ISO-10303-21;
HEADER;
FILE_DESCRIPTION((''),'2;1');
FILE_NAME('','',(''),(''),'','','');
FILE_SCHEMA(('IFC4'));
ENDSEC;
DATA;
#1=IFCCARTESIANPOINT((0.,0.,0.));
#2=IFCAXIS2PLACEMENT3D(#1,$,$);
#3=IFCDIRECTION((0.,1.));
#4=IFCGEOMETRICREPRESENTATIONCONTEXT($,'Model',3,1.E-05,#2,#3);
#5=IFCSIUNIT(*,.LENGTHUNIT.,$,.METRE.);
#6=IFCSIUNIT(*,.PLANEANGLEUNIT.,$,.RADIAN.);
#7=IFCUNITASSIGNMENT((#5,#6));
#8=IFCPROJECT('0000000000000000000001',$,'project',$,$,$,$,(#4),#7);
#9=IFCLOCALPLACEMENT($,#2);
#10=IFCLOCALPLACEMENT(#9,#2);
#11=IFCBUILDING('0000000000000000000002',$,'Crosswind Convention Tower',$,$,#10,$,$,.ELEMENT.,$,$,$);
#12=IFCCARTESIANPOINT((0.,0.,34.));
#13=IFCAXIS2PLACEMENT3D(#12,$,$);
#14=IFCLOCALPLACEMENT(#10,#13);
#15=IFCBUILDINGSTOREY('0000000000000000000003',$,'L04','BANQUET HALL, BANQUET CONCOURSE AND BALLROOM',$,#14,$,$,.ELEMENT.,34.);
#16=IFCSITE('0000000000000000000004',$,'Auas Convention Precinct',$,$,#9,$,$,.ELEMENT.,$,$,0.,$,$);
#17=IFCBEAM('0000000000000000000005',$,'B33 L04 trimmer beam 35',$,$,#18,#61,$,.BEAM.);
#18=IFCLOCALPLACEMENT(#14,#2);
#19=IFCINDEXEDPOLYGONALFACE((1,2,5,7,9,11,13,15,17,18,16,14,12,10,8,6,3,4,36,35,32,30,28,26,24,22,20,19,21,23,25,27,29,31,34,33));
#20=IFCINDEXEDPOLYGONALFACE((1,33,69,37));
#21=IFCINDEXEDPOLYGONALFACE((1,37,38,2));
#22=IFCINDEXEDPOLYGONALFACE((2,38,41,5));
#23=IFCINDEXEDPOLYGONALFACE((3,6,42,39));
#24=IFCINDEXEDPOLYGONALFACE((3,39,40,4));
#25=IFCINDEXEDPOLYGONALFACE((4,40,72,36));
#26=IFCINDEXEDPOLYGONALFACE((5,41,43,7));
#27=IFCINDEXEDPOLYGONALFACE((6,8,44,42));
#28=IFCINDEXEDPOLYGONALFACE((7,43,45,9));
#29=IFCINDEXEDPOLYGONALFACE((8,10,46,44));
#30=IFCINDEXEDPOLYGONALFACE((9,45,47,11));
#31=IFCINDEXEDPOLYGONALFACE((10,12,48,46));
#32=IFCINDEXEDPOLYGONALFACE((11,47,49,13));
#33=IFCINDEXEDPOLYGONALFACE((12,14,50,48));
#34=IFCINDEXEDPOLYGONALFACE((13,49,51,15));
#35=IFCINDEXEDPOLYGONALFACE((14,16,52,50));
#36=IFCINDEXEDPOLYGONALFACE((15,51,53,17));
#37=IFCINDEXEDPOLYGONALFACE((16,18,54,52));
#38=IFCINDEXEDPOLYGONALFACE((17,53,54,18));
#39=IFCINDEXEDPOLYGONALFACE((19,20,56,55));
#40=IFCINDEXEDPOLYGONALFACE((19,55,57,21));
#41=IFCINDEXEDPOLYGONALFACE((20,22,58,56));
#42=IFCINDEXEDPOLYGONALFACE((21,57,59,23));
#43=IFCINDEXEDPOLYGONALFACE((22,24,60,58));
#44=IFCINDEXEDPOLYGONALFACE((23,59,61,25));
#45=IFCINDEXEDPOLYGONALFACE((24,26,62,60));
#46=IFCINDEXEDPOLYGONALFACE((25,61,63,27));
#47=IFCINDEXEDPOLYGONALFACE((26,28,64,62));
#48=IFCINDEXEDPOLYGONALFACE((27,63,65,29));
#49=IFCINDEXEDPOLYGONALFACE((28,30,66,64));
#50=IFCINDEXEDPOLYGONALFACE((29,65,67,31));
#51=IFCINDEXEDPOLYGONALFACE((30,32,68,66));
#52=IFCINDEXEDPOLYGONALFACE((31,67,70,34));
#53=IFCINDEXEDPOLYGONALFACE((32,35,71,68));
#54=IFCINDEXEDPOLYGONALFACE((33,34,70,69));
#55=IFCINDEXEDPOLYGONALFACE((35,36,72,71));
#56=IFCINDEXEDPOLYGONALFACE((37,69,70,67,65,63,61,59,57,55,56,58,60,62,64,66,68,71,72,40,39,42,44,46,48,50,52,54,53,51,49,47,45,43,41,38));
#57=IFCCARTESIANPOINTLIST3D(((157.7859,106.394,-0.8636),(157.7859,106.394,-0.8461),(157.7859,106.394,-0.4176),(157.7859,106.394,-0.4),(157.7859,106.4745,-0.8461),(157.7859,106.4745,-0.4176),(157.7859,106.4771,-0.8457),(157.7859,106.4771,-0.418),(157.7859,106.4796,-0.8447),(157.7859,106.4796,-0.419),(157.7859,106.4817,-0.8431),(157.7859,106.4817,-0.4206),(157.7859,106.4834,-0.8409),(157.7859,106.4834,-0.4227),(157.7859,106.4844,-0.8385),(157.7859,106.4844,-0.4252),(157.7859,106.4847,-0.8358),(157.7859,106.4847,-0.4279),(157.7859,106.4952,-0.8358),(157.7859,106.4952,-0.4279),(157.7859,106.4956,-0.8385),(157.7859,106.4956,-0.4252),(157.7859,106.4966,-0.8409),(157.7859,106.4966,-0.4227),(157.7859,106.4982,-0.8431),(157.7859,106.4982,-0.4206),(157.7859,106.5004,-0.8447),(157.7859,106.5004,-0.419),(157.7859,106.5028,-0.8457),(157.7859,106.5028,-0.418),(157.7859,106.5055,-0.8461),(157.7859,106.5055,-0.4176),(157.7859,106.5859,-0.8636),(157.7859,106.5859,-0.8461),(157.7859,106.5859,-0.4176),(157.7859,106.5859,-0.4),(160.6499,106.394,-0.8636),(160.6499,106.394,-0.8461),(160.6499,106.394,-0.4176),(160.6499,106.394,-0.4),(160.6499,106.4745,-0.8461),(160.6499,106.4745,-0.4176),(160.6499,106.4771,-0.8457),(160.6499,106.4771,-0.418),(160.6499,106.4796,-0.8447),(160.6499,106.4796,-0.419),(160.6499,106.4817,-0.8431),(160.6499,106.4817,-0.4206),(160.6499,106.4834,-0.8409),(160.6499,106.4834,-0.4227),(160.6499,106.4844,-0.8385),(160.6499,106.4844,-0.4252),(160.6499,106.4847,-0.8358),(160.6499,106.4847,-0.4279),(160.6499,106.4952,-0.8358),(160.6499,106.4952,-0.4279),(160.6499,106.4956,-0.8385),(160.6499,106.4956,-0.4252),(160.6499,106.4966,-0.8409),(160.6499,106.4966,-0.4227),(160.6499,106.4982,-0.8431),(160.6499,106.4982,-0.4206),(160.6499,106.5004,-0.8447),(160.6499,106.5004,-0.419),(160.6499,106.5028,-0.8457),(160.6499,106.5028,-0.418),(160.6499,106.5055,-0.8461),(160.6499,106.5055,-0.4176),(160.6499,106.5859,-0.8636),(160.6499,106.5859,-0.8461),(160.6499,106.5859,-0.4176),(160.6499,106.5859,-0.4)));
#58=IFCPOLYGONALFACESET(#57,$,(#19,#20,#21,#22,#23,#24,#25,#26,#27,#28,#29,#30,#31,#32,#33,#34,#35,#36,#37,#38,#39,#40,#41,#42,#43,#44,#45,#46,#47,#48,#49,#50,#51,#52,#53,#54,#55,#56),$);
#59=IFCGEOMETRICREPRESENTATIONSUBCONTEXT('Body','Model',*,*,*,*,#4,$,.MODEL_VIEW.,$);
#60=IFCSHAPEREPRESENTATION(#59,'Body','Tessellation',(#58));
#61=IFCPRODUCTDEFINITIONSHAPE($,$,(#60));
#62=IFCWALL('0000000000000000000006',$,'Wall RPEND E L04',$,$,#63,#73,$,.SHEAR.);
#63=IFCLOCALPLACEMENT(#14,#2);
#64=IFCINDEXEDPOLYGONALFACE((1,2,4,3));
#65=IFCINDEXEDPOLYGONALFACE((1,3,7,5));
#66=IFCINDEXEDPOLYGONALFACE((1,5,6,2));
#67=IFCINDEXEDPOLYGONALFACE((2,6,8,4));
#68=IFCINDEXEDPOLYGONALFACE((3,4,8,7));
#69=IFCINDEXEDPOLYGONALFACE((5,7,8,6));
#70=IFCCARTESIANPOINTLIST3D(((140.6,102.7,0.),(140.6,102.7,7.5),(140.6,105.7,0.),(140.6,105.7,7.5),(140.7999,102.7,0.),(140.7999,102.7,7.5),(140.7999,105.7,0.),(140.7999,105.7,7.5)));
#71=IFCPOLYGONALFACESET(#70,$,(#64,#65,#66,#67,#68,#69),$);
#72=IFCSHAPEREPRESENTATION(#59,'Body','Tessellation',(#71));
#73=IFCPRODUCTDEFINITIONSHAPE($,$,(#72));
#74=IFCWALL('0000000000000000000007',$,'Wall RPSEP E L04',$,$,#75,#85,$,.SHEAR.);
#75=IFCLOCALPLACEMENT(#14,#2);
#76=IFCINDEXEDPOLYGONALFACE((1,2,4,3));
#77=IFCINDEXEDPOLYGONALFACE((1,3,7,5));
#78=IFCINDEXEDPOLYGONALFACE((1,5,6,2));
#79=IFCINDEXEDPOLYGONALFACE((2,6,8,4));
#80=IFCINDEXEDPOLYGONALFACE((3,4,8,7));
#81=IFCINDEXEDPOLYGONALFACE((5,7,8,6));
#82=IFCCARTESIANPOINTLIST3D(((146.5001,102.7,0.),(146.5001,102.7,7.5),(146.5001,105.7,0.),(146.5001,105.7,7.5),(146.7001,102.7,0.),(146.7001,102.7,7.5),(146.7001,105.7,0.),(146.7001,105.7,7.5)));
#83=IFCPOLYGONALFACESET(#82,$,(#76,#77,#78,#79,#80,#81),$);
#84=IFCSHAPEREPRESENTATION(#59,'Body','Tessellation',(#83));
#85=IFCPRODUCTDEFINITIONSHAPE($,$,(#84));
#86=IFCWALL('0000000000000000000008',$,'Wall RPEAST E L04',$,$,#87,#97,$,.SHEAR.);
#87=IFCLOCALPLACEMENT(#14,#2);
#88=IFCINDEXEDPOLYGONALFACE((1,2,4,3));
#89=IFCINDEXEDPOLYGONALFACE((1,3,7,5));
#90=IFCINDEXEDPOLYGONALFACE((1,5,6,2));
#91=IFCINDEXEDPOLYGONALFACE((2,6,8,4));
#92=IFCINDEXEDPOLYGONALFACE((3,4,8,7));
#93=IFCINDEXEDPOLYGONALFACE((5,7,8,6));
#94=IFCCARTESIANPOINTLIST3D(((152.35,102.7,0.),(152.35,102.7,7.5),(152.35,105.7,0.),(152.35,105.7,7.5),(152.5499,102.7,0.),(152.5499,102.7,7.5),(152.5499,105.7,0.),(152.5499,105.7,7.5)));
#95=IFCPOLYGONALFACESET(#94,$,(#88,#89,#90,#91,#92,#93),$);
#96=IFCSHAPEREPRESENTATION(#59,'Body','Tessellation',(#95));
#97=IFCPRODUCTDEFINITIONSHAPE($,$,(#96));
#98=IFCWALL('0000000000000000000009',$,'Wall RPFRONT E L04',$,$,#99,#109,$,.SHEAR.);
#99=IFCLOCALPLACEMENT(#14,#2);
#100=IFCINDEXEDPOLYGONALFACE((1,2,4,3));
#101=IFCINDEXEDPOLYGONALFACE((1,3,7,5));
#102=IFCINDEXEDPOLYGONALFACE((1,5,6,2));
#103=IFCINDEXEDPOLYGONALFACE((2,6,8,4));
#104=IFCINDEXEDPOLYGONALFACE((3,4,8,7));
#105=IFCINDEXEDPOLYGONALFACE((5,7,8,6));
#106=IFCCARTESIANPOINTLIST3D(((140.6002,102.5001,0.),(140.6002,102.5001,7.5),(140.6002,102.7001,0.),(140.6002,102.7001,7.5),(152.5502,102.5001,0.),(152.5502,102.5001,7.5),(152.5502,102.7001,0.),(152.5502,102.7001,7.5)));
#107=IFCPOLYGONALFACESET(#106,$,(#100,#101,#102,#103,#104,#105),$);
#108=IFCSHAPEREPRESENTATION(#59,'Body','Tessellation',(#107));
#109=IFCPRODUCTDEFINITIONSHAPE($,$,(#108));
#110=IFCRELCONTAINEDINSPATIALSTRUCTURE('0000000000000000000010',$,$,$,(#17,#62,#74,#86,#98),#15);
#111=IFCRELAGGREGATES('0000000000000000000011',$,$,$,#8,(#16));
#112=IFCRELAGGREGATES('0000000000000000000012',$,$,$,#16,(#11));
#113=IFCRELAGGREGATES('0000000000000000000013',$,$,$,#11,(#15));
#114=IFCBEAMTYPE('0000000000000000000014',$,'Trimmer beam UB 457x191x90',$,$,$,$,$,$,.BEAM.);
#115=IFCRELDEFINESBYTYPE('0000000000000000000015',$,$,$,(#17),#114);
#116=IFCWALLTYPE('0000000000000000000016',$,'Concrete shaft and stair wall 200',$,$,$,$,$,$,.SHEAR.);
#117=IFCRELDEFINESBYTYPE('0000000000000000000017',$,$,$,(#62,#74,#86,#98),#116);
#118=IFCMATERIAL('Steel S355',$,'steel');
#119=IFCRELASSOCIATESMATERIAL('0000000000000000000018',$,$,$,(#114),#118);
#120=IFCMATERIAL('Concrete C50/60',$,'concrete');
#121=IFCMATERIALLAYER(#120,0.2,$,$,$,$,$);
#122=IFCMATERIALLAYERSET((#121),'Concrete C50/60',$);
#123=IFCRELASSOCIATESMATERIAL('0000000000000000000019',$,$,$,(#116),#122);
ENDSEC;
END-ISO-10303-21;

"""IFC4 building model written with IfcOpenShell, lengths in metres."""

from ifc_helpers import new_model, si_unit, direction, frame, frame_2d, origin, origin_2d, place, context, subcontext, project, spatial, rectangle, i_section, extrude, material, layer, layer_set, material_profile, profile_set, type_object, element, save


model = new_model("IFC4")

# Units and contexts
model_context = context("Model", 3, precision=1e-05, world=origin(), true_north=direction((0.0, 1.0)))
body_context = subcontext(model_context, "Body", "Model", "MODEL_VIEW")
ifc_project = project(units=[si_unit("LENGTHUNIT", "METRE"), si_unit("PLANEANGLEUNIT", "RADIAN")], contexts=[model_context])

# Site, building, storey
site_placement = place(None, origin())
site = spatial("IfcSite", under=ifc_project, at=site_placement, Name="Auas Convention Precinct", CompositionType="ELEMENT", RefElevation=0.0)
building_placement = place(site_placement, origin())
building = spatial("IfcBuilding", under=site, at=building_placement, Name="Crosswind Convention Tower", CompositionType="ELEMENT")
storey_placement = place(building_placement, frame((0.0, 0.0, 34.0)))
storey = spatial("IfcBuildingStorey", under=building, at=storey_placement, Name="L04", Description="BANQUET HALL, BANQUET CONCOURSE AND BALLROOM", CompositionType="ELEMENT", Elevation=34.0)

# Beam
ifc_material_1 = material(Name="Steel S355", Category="steel")
ifc_material_profile_1 = material_profile(ifc_material_1, i_section(OverallWidth=0.1919, OverallDepth=0.4636, WebThickness=0.0105, FlangeThickness=0.0176, FilletRadius=0.0103, at=origin_2d()), Name="UB 457x191x90")
ifc_profile_set_1 = profile_set([ifc_material_profile_1], Name="Steel S355")
beam_type_1 = type_object("IfcBeamType", Name="Trimmer beam UB 457x191x90", PredefinedType="BEAM", material=ifc_profile_set_1)
beam_1_placement = place(storey_placement, frame((157.7859, 106.49, -0.6318), z_axis=(1.0, 0.0, 0.0), x_axis=(0.0, 1.0, 0.0)))
element("IfcBeam", 1, at=beam_1_placement, inside=storey, type_object=beam_type_1, Name="B33 L04 trimmer beam 35", PredefinedType="BEAM", context=body_context, shape_type="SweptSolid", body=[
    extrude(i_section(OverallWidth=0.1919, OverallDepth=0.4636, WebThickness=0.0105, FlangeThickness=0.0176, FilletRadius=0.0103, at=origin_2d()), origin(), (0.0, 0.0, 1.0), 2.864),
])

# Walls
ifc_material_2 = material(Name="Concrete C50/60", Category="concrete")
ifc_layer_1 = layer(ifc_material_2, 0.2)
ifc_layer_set_1 = layer_set([ifc_layer_1], Name="Concrete C50/60")
wall_type_1 = type_object("IfcWallType", Name="Concrete shaft and stair wall 200", PredefinedType="SHEAR", material=ifc_layer_set_1)
for number, where, z_axis, x_axis, name in (
    (2, (140.7, 102.7, 0.0), (0.0, 0.0, 1.0), (0.0, 1.0, 0.0), "Wall RPEND E L04"),
    (3, (146.6001, 102.7, 0.0), (0.0, 0.0, 1.0), (0.0, 1.0, 0.0), "Wall RPSEP E L04"),
    (4, (152.45, 102.7, 0.0), (0.0, 0.0, 1.0), (0.0, 1.0, 0.0), "Wall RPEAST E L04"),
):
    element("IfcWall", number, at=place(storey_placement, frame(where, z_axis=z_axis, x_axis=x_axis)), inside=storey, type_object=wall_type_1, Name=name, PredefinedType="SHEAR", context=body_context, shape_type="SweptSolid", body=[
        extrude(rectangle(XDim=3.0, YDim=0.2, at=frame_2d((1.5, 0.0))), origin(), (0.0, 0.0, 1.0), 7.5),
    ])
wall_1_placement = place(storey_placement, frame((140.6001, 102.6001, 0.0), z_axis=(0.0, 0.0, 1.0), x_axis=(1.0, 0.0, 0.0)))
element("IfcWall", 5, at=wall_1_placement, inside=storey, type_object=wall_type_1, Name="Wall RPFRONT E L04", PredefinedType="SHEAR", context=body_context, shape_type="SweptSolid", body=[
    extrude(rectangle(XDim=11.95, YDim=0.2, at=frame_2d((5.9751, 0.0))), origin(), (0.0, 0.0, 1.0), 7.5),
])

save(model, "model.ifc")
